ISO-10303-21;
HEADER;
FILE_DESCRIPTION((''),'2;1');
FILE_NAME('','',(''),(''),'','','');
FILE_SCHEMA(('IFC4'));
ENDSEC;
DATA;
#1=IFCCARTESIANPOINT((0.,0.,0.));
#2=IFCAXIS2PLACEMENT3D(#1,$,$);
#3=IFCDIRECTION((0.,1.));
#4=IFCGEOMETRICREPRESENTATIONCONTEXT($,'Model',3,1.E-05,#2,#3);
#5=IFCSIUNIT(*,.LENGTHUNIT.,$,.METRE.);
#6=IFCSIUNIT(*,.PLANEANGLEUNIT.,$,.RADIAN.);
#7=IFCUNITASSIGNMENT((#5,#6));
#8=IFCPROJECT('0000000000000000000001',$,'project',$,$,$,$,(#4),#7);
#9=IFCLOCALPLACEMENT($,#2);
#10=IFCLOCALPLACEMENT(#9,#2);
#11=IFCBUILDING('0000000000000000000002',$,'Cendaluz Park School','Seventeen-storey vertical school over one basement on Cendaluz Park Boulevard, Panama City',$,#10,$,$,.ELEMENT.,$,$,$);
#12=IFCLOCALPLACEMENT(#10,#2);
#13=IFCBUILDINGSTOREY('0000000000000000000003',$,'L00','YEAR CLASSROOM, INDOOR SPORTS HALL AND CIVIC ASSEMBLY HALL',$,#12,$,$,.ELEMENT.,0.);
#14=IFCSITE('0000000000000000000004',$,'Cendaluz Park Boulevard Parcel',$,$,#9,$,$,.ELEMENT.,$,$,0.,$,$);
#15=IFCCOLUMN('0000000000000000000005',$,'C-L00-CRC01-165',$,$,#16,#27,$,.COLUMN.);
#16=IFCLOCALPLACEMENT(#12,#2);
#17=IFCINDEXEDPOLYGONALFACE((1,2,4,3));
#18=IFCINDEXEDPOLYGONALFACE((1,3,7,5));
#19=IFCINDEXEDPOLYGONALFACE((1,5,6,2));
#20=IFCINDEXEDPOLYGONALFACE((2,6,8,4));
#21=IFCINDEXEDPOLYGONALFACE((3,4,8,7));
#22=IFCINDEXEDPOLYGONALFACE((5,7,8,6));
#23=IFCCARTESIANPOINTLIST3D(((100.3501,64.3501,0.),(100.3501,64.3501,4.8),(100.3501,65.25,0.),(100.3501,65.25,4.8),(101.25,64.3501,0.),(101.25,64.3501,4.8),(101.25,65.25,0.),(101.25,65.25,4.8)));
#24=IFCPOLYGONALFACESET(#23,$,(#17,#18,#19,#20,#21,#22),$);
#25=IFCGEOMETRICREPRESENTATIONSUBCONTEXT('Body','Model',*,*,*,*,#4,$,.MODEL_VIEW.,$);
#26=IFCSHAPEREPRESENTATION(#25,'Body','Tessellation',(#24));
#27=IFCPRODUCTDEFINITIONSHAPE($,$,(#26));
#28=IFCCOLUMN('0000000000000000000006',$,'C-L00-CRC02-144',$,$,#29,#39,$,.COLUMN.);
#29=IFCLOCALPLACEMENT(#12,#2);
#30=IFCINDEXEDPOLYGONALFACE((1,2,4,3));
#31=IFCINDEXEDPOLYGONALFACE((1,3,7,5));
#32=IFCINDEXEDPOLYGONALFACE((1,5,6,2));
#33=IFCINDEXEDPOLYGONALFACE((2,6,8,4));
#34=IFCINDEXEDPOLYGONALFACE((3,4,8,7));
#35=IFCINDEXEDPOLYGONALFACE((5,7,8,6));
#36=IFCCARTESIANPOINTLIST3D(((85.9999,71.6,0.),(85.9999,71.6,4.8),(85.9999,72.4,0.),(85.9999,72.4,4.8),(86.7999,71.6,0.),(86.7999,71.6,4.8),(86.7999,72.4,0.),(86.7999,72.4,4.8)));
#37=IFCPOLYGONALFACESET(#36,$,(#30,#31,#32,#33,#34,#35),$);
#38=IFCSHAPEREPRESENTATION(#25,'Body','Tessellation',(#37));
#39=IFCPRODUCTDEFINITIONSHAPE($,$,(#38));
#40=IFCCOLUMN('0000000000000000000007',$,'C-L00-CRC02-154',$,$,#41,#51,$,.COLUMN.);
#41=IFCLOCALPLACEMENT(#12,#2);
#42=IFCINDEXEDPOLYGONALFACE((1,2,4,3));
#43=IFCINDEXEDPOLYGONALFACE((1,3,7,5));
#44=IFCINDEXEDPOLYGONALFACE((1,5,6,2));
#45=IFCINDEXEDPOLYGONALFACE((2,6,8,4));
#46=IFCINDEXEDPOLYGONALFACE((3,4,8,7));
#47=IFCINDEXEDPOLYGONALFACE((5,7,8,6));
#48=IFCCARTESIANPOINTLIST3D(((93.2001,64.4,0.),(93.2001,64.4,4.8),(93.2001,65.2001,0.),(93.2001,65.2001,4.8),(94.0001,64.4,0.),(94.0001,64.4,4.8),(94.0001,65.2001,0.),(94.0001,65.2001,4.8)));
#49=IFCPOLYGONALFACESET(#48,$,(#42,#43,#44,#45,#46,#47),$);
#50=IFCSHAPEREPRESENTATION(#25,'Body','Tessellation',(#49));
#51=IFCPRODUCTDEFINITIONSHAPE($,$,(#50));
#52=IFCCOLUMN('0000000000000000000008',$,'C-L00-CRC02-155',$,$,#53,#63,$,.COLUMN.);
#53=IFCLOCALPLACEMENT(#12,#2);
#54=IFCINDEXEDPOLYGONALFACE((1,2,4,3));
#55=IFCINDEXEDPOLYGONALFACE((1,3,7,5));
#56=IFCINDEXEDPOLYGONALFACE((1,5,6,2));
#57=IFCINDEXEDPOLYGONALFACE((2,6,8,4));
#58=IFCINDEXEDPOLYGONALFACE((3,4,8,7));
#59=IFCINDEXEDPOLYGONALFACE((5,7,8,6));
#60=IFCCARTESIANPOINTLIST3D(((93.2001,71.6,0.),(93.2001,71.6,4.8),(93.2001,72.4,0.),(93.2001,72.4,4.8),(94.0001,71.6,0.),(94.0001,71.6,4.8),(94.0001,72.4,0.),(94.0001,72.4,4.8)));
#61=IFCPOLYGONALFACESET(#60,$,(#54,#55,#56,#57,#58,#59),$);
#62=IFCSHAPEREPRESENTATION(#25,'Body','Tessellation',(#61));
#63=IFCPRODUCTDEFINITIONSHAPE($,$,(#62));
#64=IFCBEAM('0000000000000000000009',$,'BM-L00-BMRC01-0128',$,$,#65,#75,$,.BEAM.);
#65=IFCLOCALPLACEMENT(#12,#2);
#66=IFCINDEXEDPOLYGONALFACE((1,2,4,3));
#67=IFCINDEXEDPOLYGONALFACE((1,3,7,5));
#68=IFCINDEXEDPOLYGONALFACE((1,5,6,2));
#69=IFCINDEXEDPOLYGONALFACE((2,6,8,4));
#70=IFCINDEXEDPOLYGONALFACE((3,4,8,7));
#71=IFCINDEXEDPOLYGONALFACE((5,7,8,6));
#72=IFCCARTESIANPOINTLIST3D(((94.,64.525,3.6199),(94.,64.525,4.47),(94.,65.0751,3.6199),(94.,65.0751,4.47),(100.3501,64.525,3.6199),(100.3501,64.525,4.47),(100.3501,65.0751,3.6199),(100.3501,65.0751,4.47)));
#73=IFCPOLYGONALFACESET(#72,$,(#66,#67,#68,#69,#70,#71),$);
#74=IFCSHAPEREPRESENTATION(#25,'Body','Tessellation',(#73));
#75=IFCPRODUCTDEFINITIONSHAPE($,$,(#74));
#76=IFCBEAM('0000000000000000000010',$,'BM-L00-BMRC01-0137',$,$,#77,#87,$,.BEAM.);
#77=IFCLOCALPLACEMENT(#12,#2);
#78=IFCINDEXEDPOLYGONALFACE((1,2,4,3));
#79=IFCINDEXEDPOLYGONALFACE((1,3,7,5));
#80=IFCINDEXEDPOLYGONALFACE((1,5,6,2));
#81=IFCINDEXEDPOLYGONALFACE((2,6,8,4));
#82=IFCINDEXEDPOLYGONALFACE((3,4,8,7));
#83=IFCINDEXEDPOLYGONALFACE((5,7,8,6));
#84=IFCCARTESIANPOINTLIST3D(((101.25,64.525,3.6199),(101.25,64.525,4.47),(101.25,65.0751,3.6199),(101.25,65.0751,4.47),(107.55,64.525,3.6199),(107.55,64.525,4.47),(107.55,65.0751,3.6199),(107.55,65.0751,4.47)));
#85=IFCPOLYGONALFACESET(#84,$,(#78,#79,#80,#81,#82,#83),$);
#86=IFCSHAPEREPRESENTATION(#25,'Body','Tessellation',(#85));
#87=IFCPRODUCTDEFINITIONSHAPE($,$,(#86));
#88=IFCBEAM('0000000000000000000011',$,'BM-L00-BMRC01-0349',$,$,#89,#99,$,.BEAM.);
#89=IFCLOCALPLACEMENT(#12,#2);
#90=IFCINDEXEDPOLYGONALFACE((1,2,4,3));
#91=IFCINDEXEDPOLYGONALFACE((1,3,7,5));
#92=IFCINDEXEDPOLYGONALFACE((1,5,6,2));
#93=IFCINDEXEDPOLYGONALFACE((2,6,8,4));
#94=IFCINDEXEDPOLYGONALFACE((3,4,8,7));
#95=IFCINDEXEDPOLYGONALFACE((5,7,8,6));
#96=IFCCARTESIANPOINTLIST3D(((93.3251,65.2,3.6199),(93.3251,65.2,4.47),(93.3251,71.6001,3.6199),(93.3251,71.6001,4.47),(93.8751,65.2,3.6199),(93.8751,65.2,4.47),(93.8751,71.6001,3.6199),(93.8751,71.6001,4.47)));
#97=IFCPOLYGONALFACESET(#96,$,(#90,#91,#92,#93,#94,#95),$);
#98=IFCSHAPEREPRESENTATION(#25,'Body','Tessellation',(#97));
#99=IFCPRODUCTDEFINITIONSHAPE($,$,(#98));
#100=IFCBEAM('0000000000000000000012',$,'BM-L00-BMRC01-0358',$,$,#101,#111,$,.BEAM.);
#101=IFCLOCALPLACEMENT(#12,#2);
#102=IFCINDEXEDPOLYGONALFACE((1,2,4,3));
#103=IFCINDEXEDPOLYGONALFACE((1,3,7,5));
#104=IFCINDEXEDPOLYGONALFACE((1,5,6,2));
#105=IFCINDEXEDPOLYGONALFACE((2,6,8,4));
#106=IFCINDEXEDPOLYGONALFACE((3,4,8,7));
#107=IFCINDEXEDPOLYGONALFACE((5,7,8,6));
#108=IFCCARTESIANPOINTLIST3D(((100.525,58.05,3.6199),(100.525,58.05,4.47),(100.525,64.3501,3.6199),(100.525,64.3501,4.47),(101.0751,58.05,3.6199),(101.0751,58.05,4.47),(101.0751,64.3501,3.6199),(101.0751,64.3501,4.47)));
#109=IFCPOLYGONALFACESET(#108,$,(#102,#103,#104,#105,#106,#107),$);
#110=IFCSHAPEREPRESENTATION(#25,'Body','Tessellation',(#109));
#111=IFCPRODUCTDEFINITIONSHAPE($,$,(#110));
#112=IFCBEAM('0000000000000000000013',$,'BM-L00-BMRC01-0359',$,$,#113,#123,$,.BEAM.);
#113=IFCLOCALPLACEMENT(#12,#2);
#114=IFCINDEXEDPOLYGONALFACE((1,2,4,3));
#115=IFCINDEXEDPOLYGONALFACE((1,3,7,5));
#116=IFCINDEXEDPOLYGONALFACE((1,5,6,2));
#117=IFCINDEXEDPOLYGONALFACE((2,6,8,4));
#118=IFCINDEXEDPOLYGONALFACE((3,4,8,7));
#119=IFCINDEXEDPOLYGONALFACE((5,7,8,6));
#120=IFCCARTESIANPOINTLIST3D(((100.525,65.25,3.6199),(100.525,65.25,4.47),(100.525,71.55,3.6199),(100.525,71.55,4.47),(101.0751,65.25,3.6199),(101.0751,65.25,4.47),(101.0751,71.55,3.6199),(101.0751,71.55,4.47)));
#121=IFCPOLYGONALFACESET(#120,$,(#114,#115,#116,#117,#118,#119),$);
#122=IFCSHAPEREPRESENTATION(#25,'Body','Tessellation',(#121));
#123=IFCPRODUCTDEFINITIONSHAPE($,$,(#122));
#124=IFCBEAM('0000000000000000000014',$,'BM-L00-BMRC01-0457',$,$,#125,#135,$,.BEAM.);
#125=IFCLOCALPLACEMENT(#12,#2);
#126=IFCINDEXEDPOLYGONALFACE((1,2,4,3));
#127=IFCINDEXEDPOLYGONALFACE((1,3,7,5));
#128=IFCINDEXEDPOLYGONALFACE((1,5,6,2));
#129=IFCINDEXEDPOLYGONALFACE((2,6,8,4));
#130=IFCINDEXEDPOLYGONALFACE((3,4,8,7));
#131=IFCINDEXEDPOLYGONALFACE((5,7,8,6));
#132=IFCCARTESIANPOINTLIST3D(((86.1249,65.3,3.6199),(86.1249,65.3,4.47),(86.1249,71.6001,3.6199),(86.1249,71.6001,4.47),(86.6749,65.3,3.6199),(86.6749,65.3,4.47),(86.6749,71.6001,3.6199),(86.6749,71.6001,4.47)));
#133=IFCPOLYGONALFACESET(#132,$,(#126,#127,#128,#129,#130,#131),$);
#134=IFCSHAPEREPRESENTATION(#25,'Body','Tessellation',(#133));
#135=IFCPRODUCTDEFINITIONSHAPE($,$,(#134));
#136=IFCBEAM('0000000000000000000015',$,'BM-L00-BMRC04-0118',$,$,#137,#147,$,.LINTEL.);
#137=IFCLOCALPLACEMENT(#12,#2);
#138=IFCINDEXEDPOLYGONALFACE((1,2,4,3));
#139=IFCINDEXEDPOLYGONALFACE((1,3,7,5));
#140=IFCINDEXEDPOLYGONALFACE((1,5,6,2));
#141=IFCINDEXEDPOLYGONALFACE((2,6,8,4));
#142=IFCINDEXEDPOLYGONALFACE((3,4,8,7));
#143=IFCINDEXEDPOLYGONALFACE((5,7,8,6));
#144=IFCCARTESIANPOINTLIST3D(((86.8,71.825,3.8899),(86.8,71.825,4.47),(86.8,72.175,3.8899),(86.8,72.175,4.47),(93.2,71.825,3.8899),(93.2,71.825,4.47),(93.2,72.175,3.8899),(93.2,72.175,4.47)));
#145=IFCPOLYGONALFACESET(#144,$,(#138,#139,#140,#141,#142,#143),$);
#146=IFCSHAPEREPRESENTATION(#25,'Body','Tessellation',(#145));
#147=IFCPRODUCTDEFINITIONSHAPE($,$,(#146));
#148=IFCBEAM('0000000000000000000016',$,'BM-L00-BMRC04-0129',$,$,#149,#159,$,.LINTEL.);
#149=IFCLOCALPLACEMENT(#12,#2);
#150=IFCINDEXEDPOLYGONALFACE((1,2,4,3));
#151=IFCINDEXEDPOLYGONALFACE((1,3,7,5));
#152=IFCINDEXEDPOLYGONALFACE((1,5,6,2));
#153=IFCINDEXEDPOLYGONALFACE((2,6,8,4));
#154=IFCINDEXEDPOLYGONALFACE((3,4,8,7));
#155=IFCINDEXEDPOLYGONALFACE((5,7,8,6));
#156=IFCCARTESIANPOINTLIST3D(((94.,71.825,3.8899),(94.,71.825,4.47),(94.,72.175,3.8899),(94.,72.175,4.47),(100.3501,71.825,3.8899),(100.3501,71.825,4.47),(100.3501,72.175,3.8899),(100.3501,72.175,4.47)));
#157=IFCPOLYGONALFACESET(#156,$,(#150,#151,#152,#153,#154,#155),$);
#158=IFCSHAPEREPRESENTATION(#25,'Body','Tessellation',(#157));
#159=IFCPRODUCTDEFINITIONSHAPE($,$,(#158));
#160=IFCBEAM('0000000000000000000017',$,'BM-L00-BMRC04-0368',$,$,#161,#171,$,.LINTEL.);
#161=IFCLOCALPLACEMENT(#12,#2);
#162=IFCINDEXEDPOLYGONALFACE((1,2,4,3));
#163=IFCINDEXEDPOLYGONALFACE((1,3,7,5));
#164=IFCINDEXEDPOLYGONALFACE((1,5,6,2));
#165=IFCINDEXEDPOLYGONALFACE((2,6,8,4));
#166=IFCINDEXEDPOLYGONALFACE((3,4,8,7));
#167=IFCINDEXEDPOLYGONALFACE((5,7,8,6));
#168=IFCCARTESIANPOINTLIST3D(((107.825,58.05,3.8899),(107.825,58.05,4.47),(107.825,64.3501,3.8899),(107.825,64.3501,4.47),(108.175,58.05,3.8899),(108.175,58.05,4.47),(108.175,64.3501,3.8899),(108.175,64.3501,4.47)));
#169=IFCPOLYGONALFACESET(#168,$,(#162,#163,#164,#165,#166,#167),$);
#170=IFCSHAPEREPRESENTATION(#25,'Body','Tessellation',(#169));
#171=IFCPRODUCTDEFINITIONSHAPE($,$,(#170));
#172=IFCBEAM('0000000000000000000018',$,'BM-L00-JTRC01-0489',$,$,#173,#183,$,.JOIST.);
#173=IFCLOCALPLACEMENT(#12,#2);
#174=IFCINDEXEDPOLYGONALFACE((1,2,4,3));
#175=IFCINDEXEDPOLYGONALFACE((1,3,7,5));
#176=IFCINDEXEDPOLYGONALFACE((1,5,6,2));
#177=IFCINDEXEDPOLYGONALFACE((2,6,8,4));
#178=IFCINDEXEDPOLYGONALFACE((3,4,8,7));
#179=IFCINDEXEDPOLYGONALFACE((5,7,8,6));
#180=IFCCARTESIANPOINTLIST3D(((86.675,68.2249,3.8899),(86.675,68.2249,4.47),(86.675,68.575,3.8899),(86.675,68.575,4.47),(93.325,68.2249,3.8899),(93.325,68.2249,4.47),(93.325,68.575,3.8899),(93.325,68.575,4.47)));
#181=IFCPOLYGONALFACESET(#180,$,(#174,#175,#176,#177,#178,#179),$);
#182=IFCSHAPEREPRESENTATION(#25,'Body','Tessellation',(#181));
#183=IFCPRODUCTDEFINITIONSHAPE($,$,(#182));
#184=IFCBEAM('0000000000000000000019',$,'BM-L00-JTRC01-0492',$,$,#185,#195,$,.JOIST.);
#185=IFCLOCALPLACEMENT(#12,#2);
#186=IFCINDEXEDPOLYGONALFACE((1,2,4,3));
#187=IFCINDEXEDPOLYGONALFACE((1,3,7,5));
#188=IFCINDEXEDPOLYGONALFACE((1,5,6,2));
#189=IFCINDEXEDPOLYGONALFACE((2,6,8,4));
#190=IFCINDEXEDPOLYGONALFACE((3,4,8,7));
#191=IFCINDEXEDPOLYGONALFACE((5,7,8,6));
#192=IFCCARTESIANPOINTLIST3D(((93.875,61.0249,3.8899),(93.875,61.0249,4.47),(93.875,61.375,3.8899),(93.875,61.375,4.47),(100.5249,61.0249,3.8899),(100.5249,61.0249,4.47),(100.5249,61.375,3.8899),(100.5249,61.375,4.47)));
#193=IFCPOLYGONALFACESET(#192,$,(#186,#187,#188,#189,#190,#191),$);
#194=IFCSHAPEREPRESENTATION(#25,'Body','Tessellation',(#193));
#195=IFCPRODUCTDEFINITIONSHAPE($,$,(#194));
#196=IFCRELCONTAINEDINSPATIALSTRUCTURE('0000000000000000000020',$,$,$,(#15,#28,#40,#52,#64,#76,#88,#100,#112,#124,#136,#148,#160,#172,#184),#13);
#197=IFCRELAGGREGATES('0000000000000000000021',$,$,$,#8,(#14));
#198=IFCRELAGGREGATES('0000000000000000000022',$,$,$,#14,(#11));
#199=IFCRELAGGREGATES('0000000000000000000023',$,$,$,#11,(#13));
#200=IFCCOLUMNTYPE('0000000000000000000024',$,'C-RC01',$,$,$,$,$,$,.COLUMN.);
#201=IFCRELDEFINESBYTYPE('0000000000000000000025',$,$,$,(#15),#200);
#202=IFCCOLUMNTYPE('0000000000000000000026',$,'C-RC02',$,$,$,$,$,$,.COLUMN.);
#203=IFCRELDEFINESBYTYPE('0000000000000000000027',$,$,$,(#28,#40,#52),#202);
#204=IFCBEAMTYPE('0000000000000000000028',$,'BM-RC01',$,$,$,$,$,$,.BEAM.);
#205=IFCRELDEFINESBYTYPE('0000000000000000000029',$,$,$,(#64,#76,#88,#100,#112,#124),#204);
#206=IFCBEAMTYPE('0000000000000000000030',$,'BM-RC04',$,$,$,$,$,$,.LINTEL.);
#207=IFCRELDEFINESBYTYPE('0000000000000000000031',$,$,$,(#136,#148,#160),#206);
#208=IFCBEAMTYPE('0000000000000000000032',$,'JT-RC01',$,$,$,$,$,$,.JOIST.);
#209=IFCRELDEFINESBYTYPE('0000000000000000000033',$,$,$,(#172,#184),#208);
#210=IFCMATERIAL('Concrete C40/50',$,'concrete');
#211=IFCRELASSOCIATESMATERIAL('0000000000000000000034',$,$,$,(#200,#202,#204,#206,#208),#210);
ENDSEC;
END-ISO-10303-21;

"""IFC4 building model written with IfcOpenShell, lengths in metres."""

from ifc_helpers import new_model, si_unit, direction, frame, origin, origin_2d, place, context, subcontext, project, spatial, rectangle, extrude, material, material_profile, profile_set, type_object, element, save


model = new_model("IFC4")

# Units and contexts
model_context = context("Model", 3, precision=1e-05, world=origin(), true_north=direction((0.0, 1.0)))
body_context = subcontext(model_context, "Body", "Model", "MODEL_VIEW")
ifc_project = project(units=[si_unit("LENGTHUNIT", "METRE"), si_unit("PLANEANGLEUNIT", "RADIAN")], contexts=[model_context])

# Site, building, storey
site_placement = place(None, origin())
site = spatial("IfcSite", under=ifc_project, at=site_placement, Name="Cendaluz Park Boulevard Parcel", CompositionType="ELEMENT", RefElevation=0.0)
building_placement = place(site_placement, origin())
building = spatial("IfcBuilding", under=site, at=building_placement, Name="Cendaluz Park School", Description="Seventeen-storey vertical school over one basement on Cendaluz Park Boulevard, Panama City", CompositionType="ELEMENT")
storey_placement = place(building_placement, origin())
storey = spatial("IfcBuildingStorey", under=building, at=storey_placement, Name="L00", Description="YEAR CLASSROOM, INDOOR SPORTS HALL AND CIVIC ASSEMBLY HALL", CompositionType="ELEMENT", Elevation=0.0)

# Columns
ifc_material_1 = material(Name="Concrete C40/50", Category="concrete")
ifc_material_profile_1 = material_profile(ifc_material_1, rectangle(XDim=0.8999, YDim=0.8999, at=origin_2d()), Name="RC 900x900", Category="concrete")
ifc_profile_set_1 = profile_set([ifc_material_profile_1], Name="Concrete C40/50")
column_type_1 = type_object("IfcColumnType", Name="C-RC01", PredefinedType="COLUMN", material=ifc_profile_set_1)
column_placement = place(storey_placement, frame((100.8, 64.8, 0.0), z_axis=(0.0, 0.0, 1.0), x_axis=(1.0, 0.0, 0.0)))
element("IfcColumn", 1, at=column_placement, inside=storey, type_object=column_type_1, Name="C-L00-CRC01-165", PredefinedType="COLUMN", context=body_context, shape_type="SweptSolid", body=[
    extrude(rectangle(XDim=0.8999, YDim=0.8999, at=origin_2d()), origin(), (0.0, 0.0, 1.0), 4.8),
])
ifc_material_profile_2 = material_profile(ifc_material_1, rectangle(XDim=0.8, YDim=0.8, at=origin_2d()), Name="RC 800x800", Category="concrete")
ifc_profile_set_2 = profile_set([ifc_material_profile_2], Name="Concrete C40/50")
column_type_2 = type_object("IfcColumnType", Name="C-RC02", PredefinedType="COLUMN", material=ifc_profile_set_2)
for number, where, z_axis, x_axis, name in (
    (2, (86.3999, 72.0, 0.0), (0.0, 0.0, 1.0), (1.0, 0.0, 0.0), "C-L00-CRC02-144"),
    (3, (93.6001, 64.8, 0.0), (0.0, 0.0, 1.0), (1.0, 0.0, 0.0), "C-L00-CRC02-154"),
    (4, (93.6001, 72.0, 0.0), (0.0, 0.0, 1.0), (1.0, 0.0, 0.0), "C-L00-CRC02-155"),
):
    element("IfcColumn", number, at=place(storey_placement, frame(where, z_axis=z_axis, x_axis=x_axis)), inside=storey, type_object=column_type_2, Name=name, PredefinedType="COLUMN", context=body_context, shape_type="SweptSolid", body=[
        extrude(rectangle(XDim=0.8, YDim=0.8, at=origin_2d()), origin(), (0.0, 0.0, 1.0), 4.8),
    ])

# Beams
ifc_material_profile_3 = material_profile(ifc_material_1, rectangle(XDim=0.55, YDim=0.8501, at=origin_2d()), Name="RC 550x850", Category="concrete")
ifc_profile_set_3 = profile_set([ifc_material_profile_3], Name="Concrete C40/50")
beam_type_1 = type_object("IfcBeamType", Name="BM-RC01", PredefinedType="BEAM", material=ifc_profile_set_3)
beam_1_placement = place(storey_placement, frame((94.0, 64.8, 4.0449), z_axis=(1.0, 0.0, 0.0), x_axis=(0.0, 1.0, 0.0)))
element("IfcBeam", 5, at=beam_1_placement, inside=storey, type_object=beam_type_1, Name="BM-L00-BMRC01-0128", PredefinedType="BEAM", context=body_context, shape_type="SweptSolid", body=[
    extrude(rectangle(XDim=0.55, YDim=0.8501, at=origin_2d()), origin(), (0.0, 0.0, 1.0), 6.3501),
])
beam_2_placement = place(storey_placement, frame((101.25, 64.8, 4.0449), z_axis=(1.0, 0.0, 0.0), x_axis=(0.0, 1.0, 0.0)))
element("IfcBeam", 6, at=beam_2_placement, inside=storey, type_object=beam_type_1, Name="BM-L00-BMRC01-0137", PredefinedType="BEAM", context=body_context, shape_type="SweptSolid", body=[
    extrude(rectangle(XDim=0.55, YDim=0.8501, at=origin_2d()), origin(), (0.0, 0.0, 1.0), 6.3),
])
beam_3_placement = place(storey_placement, frame((93.6001, 65.2, 4.0449), z_axis=(0.0, 1.0, 0.0), x_axis=(-1.0, 0.0, 0.0)))
element("IfcBeam", 7, at=beam_3_placement, inside=storey, type_object=beam_type_1, Name="BM-L00-BMRC01-0349", PredefinedType="BEAM", context=body_context, shape_type="SweptSolid", body=[
    extrude(rectangle(XDim=0.55, YDim=0.8501, at=origin_2d()), origin(), (0.0, 0.0, 1.0), 6.4001),
])
for number, where, z_axis, x_axis, name in (
    (8, (100.8, 58.05, 4.0449), (0.0, 1.0, 0.0), (-1.0, 0.0, 0.0), "BM-L00-BMRC01-0358"),
    (9, (100.8, 65.25, 4.0449), (0.0, 1.0, 0.0), (-1.0, 0.0, 0.0), "BM-L00-BMRC01-0359"),
    (10, (86.3999, 65.3, 4.0449), (0.0, 1.0, 0.0), (-1.0, 0.0, 0.0), "BM-L00-BMRC01-0457"),
):
    element("IfcBeam", number, at=place(storey_placement, frame(where, z_axis=z_axis, x_axis=x_axis)), inside=storey, type_object=beam_type_1, Name=name, PredefinedType="BEAM", context=body_context, shape_type="SweptSolid", body=[
        extrude(rectangle(XDim=0.55, YDim=0.8501, at=origin_2d()), origin(), (0.0, 0.0, 1.0), 6.3),
    ])
ifc_material_profile_4 = material_profile(ifc_material_1, rectangle(XDim=0.3501, YDim=0.5801, at=origin_2d()), Name="RC 350x580", Category="concrete")
ifc_profile_set_4 = profile_set([ifc_material_profile_4], Name="Concrete C40/50")
beam_type_2 = type_object("IfcBeamType", Name="BM-RC04", PredefinedType="LINTEL", material=ifc_profile_set_4)
beam_4_placement = place(storey_placement, frame((86.8, 72.0, 4.1799), z_axis=(1.0, 0.0, 0.0), x_axis=(0.0, 1.0, 0.0)))
element("IfcBeam", 11, at=beam_4_placement, inside=storey, type_object=beam_type_2, Name="BM-L00-BMRC04-0118", PredefinedType="LINTEL", context=body_context, shape_type="SweptSolid", body=[
    extrude(rectangle(XDim=0.3501, YDim=0.5801, at=origin_2d()), origin(), (0.0, 0.0, 1.0), 6.3999),
])
beam_5_placement = place(storey_placement, frame((94.0, 72.0, 4.1799), z_axis=(1.0, 0.0, 0.0), x_axis=(0.0, 1.0, 0.0)))
element("IfcBeam", 12, at=beam_5_placement, inside=storey, type_object=beam_type_2, Name="BM-L00-BMRC04-0129", PredefinedType="LINTEL", context=body_context, shape_type="SweptSolid", body=[
    extrude(rectangle(XDim=0.3501, YDim=0.5801, at=origin_2d()), origin(), (0.0, 0.0, 1.0), 6.3501),
])
beam_6_placement = place(storey_placement, frame((108.0, 58.05, 4.1799), z_axis=(0.0, 1.0, 0.0), x_axis=(-1.0, 0.0, 0.0)))
element("IfcBeam", 13, at=beam_6_placement, inside=storey, type_object=beam_type_2, Name="BM-L00-BMRC04-0368", PredefinedType="LINTEL", context=body_context, shape_type="SweptSolid", body=[
    extrude(rectangle(XDim=0.3501, YDim=0.5801, at=origin_2d()), origin(), (0.0, 0.0, 1.0), 6.3),
])
ifc_material_profile_5 = material_profile(ifc_material_1, rectangle(XDim=0.3501, YDim=0.5801, at=origin_2d()), Name="RC 350x580", Category="concrete")
ifc_profile_set_5 = profile_set([ifc_material_profile_5], Name="Concrete C40/50")
beam_type_3 = type_object("IfcBeamType", Name="JT-RC01", PredefinedType="JOIST", material=ifc_profile_set_5)
for number, where, z_axis, x_axis, name in (
    (14, (86.675, 68.3999, 4.1799), (1.0, 0.0, 0.0), (0.0, 1.0, 0.0), "BM-L00-JTRC01-0489"),
    (15, (93.875, 61.2, 4.1799), (1.0, 0.0, 0.0), (0.0, 1.0, 0.0), "BM-L00-JTRC01-0492"),
):
    element("IfcBeam", number, at=place(storey_placement, frame(where, z_axis=z_axis, x_axis=x_axis)), inside=storey, type_object=beam_type_3, Name=name, PredefinedType="JOIST", context=body_context, shape_type="SweptSolid", body=[
        extrude(rectangle(XDim=0.3501, YDim=0.5801, at=origin_2d()), origin(), (0.0, 0.0, 1.0), 6.6499),
    ])

save(model, "model.ifc")
